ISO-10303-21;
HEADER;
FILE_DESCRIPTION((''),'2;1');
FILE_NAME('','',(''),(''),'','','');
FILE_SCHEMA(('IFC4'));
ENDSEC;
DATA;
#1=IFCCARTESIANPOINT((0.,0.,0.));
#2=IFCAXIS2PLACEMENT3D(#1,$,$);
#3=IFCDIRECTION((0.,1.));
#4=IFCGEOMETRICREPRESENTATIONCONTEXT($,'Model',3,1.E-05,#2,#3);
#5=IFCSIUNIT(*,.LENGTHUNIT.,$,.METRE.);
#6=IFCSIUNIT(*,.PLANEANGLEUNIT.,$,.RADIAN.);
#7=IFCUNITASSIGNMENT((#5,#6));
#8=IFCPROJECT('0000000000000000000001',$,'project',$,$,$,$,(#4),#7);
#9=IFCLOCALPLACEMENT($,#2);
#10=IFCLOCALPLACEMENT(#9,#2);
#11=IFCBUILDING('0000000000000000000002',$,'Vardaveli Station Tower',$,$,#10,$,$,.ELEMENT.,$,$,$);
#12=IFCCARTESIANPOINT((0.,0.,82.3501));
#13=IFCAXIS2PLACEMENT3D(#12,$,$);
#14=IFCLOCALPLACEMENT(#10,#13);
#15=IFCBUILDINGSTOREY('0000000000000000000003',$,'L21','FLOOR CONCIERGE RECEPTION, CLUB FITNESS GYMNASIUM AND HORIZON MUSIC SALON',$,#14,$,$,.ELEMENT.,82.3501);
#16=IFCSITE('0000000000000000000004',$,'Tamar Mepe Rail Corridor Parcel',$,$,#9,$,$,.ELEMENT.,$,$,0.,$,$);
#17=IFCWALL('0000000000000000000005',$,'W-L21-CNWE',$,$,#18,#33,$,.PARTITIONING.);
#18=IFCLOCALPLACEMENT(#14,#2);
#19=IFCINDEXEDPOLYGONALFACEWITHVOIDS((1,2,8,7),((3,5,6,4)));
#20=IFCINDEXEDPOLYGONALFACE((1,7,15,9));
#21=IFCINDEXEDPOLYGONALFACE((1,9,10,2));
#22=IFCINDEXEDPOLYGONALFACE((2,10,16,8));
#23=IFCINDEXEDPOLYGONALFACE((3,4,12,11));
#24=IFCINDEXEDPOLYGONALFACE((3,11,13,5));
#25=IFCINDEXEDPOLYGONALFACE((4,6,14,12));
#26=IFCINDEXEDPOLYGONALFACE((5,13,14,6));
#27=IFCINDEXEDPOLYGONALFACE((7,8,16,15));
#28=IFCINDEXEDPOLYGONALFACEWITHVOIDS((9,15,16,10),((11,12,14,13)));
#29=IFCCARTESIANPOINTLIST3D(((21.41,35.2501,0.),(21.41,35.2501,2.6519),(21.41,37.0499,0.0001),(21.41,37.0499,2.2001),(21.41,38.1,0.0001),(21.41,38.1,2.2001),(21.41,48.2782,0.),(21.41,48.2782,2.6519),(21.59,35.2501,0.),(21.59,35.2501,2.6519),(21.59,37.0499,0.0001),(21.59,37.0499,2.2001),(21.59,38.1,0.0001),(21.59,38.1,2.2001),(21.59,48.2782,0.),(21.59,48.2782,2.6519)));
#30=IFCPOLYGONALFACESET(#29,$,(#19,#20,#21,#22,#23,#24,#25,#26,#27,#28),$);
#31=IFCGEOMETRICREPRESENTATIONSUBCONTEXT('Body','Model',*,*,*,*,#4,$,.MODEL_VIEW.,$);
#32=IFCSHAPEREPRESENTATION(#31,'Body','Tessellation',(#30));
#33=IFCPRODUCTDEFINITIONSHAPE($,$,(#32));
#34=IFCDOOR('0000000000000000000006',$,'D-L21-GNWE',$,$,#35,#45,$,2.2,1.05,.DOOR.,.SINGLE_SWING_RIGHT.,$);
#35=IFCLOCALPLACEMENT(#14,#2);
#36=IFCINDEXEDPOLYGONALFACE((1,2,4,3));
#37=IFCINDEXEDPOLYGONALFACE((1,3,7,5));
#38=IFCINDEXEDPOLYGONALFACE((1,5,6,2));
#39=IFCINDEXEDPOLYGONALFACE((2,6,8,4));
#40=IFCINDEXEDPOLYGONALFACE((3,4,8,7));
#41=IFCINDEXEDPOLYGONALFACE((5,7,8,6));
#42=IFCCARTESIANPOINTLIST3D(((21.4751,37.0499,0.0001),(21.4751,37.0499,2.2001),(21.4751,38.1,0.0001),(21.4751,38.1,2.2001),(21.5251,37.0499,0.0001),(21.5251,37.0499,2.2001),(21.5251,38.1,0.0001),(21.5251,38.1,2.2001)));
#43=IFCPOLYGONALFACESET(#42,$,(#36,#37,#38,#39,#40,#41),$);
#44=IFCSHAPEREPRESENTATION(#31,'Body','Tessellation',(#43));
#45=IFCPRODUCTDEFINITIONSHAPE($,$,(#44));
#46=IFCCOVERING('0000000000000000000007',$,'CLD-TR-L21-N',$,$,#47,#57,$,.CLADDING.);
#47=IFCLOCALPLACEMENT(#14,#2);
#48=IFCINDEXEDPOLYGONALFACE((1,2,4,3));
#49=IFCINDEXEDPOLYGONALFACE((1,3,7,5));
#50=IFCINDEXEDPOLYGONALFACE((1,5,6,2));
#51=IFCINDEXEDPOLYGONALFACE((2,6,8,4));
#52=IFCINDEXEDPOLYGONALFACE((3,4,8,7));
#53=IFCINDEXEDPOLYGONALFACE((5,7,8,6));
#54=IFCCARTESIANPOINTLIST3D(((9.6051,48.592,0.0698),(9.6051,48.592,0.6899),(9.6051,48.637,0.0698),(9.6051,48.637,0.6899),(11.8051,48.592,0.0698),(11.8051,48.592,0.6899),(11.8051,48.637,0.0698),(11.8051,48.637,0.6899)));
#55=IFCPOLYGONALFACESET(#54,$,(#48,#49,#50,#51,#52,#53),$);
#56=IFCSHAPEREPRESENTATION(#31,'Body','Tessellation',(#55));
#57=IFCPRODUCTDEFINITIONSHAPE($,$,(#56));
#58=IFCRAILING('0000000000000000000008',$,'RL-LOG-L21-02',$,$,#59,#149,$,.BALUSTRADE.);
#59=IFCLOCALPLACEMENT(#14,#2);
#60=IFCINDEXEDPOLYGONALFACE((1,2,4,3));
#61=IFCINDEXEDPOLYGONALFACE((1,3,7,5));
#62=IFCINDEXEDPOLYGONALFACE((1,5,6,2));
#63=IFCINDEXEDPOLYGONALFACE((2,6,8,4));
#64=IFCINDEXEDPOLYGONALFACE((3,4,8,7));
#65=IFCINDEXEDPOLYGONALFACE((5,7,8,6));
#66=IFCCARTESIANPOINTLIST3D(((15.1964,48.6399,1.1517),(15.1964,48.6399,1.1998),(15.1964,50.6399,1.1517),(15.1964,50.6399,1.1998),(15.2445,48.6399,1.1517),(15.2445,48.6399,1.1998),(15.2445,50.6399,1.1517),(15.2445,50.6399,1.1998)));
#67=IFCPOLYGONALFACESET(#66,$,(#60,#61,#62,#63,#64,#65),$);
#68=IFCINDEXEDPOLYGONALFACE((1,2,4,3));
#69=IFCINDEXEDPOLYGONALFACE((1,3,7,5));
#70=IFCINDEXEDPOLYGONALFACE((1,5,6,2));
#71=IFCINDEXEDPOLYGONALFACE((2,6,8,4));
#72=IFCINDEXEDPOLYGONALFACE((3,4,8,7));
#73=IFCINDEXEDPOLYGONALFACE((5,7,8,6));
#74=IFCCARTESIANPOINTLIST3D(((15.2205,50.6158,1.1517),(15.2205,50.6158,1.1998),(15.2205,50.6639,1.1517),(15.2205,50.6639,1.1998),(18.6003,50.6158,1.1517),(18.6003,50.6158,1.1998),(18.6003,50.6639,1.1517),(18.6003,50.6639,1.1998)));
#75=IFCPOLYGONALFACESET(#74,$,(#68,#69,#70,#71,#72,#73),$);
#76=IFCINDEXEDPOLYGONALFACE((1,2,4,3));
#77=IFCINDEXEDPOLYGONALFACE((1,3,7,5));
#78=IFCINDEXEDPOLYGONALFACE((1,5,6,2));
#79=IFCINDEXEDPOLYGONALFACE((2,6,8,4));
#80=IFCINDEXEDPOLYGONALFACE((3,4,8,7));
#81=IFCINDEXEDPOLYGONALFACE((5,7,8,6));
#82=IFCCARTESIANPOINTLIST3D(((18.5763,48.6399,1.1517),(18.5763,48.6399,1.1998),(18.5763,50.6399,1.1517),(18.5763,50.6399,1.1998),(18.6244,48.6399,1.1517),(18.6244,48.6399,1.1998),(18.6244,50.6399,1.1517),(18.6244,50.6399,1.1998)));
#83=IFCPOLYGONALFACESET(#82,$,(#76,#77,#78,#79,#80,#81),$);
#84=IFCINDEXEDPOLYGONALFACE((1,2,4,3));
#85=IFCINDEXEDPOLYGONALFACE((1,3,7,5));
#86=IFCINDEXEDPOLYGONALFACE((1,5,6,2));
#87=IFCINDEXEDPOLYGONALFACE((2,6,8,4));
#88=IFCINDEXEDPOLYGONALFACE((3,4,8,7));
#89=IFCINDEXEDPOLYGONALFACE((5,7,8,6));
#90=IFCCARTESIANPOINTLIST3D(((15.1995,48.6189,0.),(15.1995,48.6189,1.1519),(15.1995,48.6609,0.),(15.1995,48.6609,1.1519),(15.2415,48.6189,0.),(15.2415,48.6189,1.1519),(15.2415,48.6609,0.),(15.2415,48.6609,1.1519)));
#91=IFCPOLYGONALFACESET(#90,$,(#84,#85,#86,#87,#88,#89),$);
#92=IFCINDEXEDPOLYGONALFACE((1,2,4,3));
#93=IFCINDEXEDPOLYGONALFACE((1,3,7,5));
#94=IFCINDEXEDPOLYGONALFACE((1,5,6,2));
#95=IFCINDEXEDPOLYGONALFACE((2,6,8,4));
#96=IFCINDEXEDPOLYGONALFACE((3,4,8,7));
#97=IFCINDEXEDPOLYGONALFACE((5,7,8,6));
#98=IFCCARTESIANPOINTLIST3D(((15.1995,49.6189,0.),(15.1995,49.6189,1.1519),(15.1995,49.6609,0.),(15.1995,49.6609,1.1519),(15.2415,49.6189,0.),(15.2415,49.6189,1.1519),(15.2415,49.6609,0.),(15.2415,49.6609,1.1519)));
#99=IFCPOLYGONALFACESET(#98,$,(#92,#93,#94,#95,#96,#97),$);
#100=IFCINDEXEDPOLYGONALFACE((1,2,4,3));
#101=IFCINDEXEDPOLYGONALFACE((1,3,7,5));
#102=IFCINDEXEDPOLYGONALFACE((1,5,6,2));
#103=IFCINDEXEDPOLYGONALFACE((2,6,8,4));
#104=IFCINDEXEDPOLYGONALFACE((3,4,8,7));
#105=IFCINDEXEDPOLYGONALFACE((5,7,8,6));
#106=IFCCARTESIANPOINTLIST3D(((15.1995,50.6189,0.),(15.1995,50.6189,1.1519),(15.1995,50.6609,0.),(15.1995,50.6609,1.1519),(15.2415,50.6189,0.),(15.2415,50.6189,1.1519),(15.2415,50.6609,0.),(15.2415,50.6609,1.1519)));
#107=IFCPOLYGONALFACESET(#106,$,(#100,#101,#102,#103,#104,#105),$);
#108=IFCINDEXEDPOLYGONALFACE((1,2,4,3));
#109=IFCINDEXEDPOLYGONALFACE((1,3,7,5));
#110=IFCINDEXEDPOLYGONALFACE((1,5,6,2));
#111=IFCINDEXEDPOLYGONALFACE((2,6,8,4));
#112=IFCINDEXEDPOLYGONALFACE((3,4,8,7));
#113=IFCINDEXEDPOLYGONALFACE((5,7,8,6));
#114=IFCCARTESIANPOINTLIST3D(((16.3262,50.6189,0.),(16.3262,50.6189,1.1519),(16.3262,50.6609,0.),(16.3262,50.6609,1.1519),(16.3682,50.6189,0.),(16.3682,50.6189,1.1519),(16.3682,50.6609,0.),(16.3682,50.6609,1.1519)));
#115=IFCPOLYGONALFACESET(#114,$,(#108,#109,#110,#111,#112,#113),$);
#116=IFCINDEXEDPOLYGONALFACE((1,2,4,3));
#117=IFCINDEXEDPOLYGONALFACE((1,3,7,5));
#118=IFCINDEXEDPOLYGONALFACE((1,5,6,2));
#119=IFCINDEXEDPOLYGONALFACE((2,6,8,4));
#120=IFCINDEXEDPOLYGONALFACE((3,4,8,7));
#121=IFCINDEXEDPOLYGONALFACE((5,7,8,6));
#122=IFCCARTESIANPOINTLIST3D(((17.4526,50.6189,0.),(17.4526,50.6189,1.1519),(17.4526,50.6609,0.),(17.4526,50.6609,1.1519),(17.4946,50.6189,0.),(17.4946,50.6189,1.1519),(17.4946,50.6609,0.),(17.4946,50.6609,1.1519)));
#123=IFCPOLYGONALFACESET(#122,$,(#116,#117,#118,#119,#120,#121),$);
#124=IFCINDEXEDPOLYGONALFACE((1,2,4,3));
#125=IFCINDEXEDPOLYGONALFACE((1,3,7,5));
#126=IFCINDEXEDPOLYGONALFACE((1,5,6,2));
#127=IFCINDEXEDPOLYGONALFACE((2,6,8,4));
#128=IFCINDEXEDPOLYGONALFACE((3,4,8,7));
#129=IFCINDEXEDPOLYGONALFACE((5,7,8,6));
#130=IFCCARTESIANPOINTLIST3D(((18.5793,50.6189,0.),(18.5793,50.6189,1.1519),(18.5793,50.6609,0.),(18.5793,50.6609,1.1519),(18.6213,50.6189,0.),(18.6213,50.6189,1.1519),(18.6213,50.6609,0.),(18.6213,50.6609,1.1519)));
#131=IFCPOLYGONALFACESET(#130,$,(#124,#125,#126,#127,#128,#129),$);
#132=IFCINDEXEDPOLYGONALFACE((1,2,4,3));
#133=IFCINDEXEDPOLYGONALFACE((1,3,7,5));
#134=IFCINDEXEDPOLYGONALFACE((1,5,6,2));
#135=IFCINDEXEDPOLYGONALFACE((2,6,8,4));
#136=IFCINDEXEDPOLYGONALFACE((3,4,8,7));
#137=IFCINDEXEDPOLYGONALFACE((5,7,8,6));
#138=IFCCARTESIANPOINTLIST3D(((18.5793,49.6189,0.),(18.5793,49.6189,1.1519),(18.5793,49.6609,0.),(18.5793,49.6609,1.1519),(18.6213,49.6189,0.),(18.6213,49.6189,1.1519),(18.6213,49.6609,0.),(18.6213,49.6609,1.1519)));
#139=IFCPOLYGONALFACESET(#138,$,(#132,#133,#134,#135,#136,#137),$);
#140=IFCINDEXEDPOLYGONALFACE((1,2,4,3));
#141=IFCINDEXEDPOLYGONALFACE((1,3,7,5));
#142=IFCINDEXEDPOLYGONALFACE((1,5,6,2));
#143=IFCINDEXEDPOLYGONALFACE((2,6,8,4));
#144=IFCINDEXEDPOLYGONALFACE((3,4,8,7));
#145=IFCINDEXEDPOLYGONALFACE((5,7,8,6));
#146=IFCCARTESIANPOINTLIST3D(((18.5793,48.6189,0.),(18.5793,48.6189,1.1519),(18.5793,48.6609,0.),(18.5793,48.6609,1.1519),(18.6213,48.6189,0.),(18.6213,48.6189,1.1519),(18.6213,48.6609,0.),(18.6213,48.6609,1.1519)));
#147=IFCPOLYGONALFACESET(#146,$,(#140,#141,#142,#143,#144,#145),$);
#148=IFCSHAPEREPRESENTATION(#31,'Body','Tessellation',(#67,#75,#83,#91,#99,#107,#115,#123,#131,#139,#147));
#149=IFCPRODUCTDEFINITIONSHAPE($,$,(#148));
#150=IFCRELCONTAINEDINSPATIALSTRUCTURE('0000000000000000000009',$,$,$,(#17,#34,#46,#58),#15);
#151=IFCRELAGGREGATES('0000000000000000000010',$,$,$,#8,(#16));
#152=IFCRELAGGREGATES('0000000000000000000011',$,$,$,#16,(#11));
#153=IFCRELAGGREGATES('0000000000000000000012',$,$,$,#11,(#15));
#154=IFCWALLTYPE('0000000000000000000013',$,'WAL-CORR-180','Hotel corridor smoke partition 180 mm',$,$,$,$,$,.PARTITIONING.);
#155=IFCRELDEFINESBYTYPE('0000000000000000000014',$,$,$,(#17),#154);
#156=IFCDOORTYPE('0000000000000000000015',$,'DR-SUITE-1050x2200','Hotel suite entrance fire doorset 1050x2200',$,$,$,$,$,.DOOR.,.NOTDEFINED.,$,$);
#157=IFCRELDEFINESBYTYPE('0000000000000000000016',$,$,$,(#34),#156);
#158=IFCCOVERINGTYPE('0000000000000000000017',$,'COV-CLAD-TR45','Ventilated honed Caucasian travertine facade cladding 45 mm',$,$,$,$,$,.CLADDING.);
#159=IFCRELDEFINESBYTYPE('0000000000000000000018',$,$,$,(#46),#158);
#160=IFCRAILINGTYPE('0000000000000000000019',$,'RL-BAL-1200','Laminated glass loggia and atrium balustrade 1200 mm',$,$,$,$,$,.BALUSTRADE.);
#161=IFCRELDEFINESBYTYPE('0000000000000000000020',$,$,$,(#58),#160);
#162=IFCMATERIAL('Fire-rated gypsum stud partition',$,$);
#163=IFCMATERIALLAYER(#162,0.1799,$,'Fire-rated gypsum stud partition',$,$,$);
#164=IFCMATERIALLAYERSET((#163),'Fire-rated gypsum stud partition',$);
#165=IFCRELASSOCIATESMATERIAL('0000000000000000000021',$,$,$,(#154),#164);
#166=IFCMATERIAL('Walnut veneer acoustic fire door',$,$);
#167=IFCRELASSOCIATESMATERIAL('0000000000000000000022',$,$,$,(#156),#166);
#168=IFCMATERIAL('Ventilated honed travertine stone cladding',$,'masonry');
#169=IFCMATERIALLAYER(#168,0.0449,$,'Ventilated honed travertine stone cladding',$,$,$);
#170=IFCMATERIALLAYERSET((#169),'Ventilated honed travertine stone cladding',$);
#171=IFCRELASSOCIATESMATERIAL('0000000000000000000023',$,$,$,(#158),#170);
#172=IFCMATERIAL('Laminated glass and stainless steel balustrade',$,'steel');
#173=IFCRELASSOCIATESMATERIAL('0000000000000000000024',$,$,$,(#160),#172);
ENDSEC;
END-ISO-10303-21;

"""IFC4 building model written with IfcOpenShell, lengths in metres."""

from ifc_helpers import new_model, si_unit, direction, frame, frame_2d, origin, origin_2d, place, context, subcontext, project, spatial, rectangle, extrude, source, transform, mapped, material, layer, layer_set, type_object, element, fill, save


model = new_model("IFC4")

# Units and contexts
model_context = context("Model", 3, precision=1e-05, world=origin(), true_north=direction((0.0, 1.0)))
body_context = subcontext(model_context, "Body", "Model", "MODEL_VIEW")
ifc_project = project(units=[si_unit("LENGTHUNIT", "METRE"), si_unit("PLANEANGLEUNIT", "RADIAN")], contexts=[model_context])

# Site, building, storey
site_placement = place(None, origin())
site = spatial("IfcSite", under=ifc_project, at=site_placement, Name="Tamar Mepe Rail Corridor Parcel", CompositionType="ELEMENT", RefElevation=0.0)
building_placement = place(site_placement, origin())
building = spatial("IfcBuilding", under=site, at=building_placement, Name="Vardaveli Station Tower", CompositionType="ELEMENT")
storey_placement = place(building_placement, frame((0.0, 0.0, 82.3501)))
storey = spatial("IfcBuildingStorey", under=building, at=storey_placement, Name="L21", Description="FLOOR CONCIERGE RECEPTION, CLUB FITNESS GYMNASIUM AND HORIZON MUSIC SALON", CompositionType="ELEMENT", Elevation=82.3501)

# Wall, opening, door
ifc_material_1 = material(Name="Fire-rated gypsum stud partition")
ifc_layer_1 = layer(ifc_material_1, 0.1799, Name="Fire-rated gypsum stud partition")
ifc_layer_set_1 = layer_set([ifc_layer_1], Name="Fire-rated gypsum stud partition")
wall_type_1 = type_object("IfcWallType", Name="WAL-CORR-180", Description="Hotel corridor smoke partition 180 mm", PredefinedType="PARTITIONING", material=ifc_layer_set_1)
shared_shape_1 = source(origin(), body_context, "Body", "SweptSolid", [
    extrude(rectangle(XDim=13.0281, YDim=0.1799, at=frame_2d((6.5142, 0.0))), origin(), (0.0, 0.0, 1.0), 2.6519),
])
wall_1_placement = place(storey_placement, frame((21.5, 35.25, 0.0), z_axis=(0.0, 0.0, 1.0), x_axis=(0.0, 1.0, 0.0)))
wall_1 = element("IfcWall", 1, at=wall_1_placement, inside=storey, type_object=wall_type_1, Name="W-L21-CNWE", PredefinedType="PARTITIONING", context=body_context, shape_type="MappedRepresentation", body=[
    mapped(shared_shape_1, transform((0.0, 0.0, 0.0), scale=1.0)),
])
shared_shape_2 = source(origin(), body_context, "Body", "SweptSolid", [
    extrude(rectangle(XDim=1.05, YDim=2.2, at=frame_2d((0.5249, 1.1001))), frame((0.0, 0.1001, 0.0), z_axis=(0.0, -1.0, 0.0), x_axis=(1.0, 0.0, 0.0)), (0.0, 0.0, 1.0), 0.2),
])
opening_1_placement = place(wall_1_placement, frame((1.8, 0.0, 0.0)))
opening_1 = element("IfcOpeningElement", 2, at=opening_1_placement, cuts=wall_1, PredefinedType="OPENING", context=body_context, shape_type="MappedRepresentation", body=[
    mapped(shared_shape_2, transform((0.0, 0.0, 0.0), scale=1.0)),
])
ifc_material_2 = material(Name="Walnut veneer acoustic fire door")
door_type_1 = type_object("IfcDoorType", Name="DR-SUITE-1050x2200", Description="Hotel suite entrance fire doorset 1050x2200", OperationType="NOTDEFINED", PredefinedType="DOOR", material=ifc_material_2)
shared_shape_3 = source(origin(), body_context, "Body", "SweptSolid", [
    extrude(rectangle(XDim=1.05, YDim=2.2, at=frame_2d((0.5249, 1.1001))), frame((0.0, 0.0249, 0.0), z_axis=(0.0, -1.0, 0.0), x_axis=(1.0, 0.0, 0.0)), (0.0, 0.0, 1.0), 0.05),
])
door_1_placement = place(opening_1_placement, origin())
door_1 = element("IfcDoor", 3, at=door_1_placement, inside=storey, type_object=door_type_1, Name="D-L21-GNWE", OperationType="SINGLE_SWING_RIGHT", OverallHeight=2.2, OverallWidth=1.05, PredefinedType="DOOR", context=body_context, shape_type="MappedRepresentation", body=[
    mapped(shared_shape_3, transform((0.0, 0.0, 0.0), scale=1.0)),
])
fill(opening_1, door_1)

# Covering
ifc_material_3 = material(Name="Ventilated honed travertine stone cladding", Category="masonry")
ifc_layer_2 = layer(ifc_material_3, 0.0449, Name="Ventilated honed travertine stone cladding")
ifc_layer_set_2 = layer_set([ifc_layer_2], Name="Ventilated honed travertine stone cladding")
covering_type = type_object("IfcCoveringType", Name="COV-CLAD-TR45", Description="Ventilated honed Caucasian travertine facade cladding 45 mm", PredefinedType="CLADDING", material=ifc_layer_set_2)
shared_shape_4 = source(origin(), body_context, "Body", "SweptSolid", [
    extrude(rectangle(XDim=2.2, YDim=0.0449, at=origin_2d()), origin(), (0.0, 0.0, 1.0), 0.6201),
])
covering_placement = place(storey_placement, frame((10.7051, 48.6145, 0.0698), z_axis=(0.0, 0.0, 1.0), x_axis=(1.0, 0.0, 0.0)))
element("IfcCovering", 4, at=covering_placement, inside=storey, type_object=covering_type, Name="CLD-TR-L21-N", PredefinedType="CLADDING", context=body_context, shape_type="MappedRepresentation", body=[
    mapped(shared_shape_4, transform((0.0, 0.0, 0.0), scale=1.0)),
])

# Railing
ifc_material_4 = material(Name="Laminated glass and stainless steel balustrade", Category="steel")
railing_type = type_object("IfcRailingType", Name="RL-BAL-1200", Description="Laminated glass loggia and atrium balustrade 1200 mm", PredefinedType="BALUSTRADE", material=ifc_material_4)
shared_shape_5 = source(origin(), body_context, "Body", "SweptSolid", [
    extrude(rectangle(XDim=0.0481, YDim=0.0481, at=origin_2d()), frame((0.0, 0.0, 1.1758), z_axis=(0.0, 1.0, 0.0), x_axis=(-1.0, 0.0, 0.0)), (0.0, 0.0, 1.0), 2.0),
    extrude(rectangle(XDim=0.0481, YDim=0.0481, at=origin_2d()), frame((0.0, 2.0, 1.1758), z_axis=(1.0, 0.0, 0.0), x_axis=(0.0, 1.0, 0.0)), (0.0, 0.0, 1.0), 3.3799),
    extrude(rectangle(XDim=0.0481, YDim=0.0481, at=origin_2d()), frame((3.3799, 2.0, 1.1758), z_axis=(0.0, -1.0, 0.0), x_axis=(1.0, 0.0, 0.0)), (0.0, 0.0, 1.0), 2.0),
    extrude(rectangle(XDim=0.042, YDim=0.042, at=origin_2d()), origin(), (0.0, 0.0, 1.0), 1.1519),
    extrude(rectangle(XDim=0.042, YDim=0.042, at=origin_2d()), frame((0.0, 1.0, 0.0)), (0.0, 0.0, 1.0), 1.1519),
    extrude(rectangle(XDim=0.042, YDim=0.042, at=origin_2d()), frame((0.0, 2.0, 0.0)), (0.0, 0.0, 1.0), 1.1519),
    extrude(rectangle(XDim=0.042, YDim=0.042, at=origin_2d()), frame((1.1267, 2.0, 0.0)), (0.0, 0.0, 1.0), 1.1519),
    extrude(rectangle(XDim=0.042, YDim=0.042, at=origin_2d()), frame((2.2532, 2.0, 0.0)), (0.0, 0.0, 1.0), 1.1519),
    extrude(rectangle(XDim=0.042, YDim=0.042, at=origin_2d()), frame((3.3799, 2.0, 0.0)), (0.0, 0.0, 1.0), 1.1519),
    extrude(rectangle(XDim=0.042, YDim=0.042, at=origin_2d()), frame((3.3799, 1.0, 0.0)), (0.0, 0.0, 1.0), 1.1519),
    extrude(rectangle(XDim=0.042, YDim=0.042, at=origin_2d()), frame((3.3799, 0.0, 0.0)), (0.0, 0.0, 1.0), 1.1519),
])
railing_placement = place(storey_placement, frame((15.2205, 48.6399, 0.0)))
element("IfcRailing", 5, at=railing_placement, inside=storey, type_object=railing_type, Name="RL-LOG-L21-02", PredefinedType="BALUSTRADE", context=body_context, shape_type="MappedRepresentation", body=[
    mapped(shared_shape_5, transform((0.0, 0.0, 0.0), scale=1.0)),
])

save(model, "model.ifc")
